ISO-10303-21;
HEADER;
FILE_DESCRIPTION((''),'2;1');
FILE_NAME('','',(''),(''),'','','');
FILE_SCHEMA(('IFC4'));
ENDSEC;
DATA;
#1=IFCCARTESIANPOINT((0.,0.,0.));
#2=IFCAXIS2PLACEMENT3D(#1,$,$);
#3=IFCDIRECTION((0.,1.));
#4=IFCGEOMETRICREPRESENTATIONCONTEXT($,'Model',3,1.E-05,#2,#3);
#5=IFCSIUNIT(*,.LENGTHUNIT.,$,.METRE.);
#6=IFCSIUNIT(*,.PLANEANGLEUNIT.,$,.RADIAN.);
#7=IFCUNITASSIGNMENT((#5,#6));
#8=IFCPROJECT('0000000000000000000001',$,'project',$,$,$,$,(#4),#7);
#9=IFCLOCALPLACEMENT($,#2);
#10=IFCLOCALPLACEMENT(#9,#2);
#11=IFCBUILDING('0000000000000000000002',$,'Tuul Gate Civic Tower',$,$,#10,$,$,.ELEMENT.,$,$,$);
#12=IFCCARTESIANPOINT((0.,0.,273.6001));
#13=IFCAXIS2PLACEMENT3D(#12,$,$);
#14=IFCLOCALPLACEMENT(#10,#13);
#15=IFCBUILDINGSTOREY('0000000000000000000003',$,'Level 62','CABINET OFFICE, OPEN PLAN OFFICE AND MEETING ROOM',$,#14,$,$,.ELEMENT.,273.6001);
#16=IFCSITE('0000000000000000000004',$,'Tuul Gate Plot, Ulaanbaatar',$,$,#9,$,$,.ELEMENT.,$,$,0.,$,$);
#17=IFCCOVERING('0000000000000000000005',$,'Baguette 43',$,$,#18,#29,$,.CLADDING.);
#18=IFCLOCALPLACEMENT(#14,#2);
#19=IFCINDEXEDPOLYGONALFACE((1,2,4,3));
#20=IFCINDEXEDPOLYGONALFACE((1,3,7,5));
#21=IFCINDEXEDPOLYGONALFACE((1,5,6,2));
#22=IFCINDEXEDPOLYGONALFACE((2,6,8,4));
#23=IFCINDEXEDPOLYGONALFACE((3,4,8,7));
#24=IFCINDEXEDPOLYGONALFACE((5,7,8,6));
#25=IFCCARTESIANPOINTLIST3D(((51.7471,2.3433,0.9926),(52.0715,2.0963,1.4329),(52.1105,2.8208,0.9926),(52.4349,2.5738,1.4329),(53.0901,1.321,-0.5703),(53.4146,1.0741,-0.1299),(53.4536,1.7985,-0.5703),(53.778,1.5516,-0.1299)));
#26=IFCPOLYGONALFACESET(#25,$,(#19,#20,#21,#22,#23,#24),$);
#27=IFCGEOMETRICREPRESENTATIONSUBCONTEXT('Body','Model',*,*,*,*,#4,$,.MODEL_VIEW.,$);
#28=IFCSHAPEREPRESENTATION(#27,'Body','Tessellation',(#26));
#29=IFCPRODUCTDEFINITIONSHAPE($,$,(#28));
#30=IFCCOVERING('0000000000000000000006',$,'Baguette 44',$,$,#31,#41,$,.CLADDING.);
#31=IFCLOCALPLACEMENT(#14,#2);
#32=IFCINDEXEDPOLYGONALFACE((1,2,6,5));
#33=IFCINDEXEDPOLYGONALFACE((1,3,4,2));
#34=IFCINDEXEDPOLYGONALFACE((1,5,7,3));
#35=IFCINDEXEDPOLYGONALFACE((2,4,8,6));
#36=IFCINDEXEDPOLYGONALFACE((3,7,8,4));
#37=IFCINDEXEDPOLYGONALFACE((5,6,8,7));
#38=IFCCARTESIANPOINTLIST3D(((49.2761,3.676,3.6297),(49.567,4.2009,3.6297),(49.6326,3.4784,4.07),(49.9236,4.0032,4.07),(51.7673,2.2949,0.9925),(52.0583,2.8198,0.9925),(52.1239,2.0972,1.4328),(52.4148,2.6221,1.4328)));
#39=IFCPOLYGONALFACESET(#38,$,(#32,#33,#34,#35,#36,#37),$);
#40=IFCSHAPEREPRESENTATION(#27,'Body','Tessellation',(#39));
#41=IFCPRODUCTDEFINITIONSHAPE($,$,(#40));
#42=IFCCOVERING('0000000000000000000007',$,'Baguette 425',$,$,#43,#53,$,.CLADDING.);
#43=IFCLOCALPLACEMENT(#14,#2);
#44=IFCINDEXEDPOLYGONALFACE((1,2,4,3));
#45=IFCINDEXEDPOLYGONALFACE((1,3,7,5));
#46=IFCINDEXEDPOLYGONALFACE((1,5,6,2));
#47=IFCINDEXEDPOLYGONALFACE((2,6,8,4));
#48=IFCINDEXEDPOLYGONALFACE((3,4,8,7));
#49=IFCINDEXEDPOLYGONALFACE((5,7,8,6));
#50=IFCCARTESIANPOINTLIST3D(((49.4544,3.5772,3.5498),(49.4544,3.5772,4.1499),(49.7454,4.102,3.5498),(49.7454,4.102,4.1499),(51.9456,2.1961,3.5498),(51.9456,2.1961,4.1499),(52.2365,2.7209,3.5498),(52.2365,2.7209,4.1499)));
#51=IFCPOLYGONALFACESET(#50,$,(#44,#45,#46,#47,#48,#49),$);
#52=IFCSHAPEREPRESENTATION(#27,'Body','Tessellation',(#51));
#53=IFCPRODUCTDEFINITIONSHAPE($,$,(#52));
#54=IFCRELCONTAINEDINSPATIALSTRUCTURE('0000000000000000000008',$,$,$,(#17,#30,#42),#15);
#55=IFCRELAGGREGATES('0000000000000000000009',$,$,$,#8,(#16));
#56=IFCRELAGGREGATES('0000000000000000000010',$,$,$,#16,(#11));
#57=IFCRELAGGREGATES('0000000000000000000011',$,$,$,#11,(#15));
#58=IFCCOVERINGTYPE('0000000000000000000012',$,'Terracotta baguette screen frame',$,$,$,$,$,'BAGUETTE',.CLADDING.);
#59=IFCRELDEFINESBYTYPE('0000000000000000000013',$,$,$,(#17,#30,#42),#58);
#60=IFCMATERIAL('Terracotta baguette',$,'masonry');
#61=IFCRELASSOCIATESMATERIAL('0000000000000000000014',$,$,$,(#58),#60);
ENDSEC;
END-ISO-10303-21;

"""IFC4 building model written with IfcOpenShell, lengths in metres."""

from ifc_helpers import new_model, si_unit, direction, frame, origin, origin_2d, place, context, subcontext, project, spatial, rectangle, extrude, material, material_profile, profile_set, type_object, element, save


model = new_model("IFC4")

# Units and contexts
model_context = context("Model", 3, precision=1e-05, world=origin(), true_north=direction((0.0, 1.0)))
body_context = subcontext(model_context, "Body", "Model", "MODEL_VIEW")
ifc_project = project(units=[si_unit("LENGTHUNIT", "METRE"), si_unit("PLANEANGLEUNIT", "RADIAN")], contexts=[model_context])

# Site, building, storey
site_placement = place(None, origin())
site = spatial("IfcSite", under=ifc_project, at=site_placement, Name="Tuul Gate Plot, Ulaanbaatar", CompositionType="ELEMENT", RefElevation=0.0)
building_placement = place(site_placement, origin())
building = spatial("IfcBuilding", under=site, at=building_placement, Name="Tuul Gate Civic Tower", CompositionType="ELEMENT")
storey_placement = place(building_placement, frame((0.0, 0.0, 273.6001)))
storey = spatial("IfcBuildingStorey", under=building, at=storey_placement, Name="Level 62", Description="CABINET OFFICE, OPEN PLAN OFFICE AND MEETING ROOM", CompositionType="ELEMENT", Elevation=273.6001)

# Coverings
ifc_material_1 = material(Name="Terracotta baguette", Category="masonry")
ifc_material_profile_1 = material_profile(ifc_material_1, rectangle(XDim=0.6001, YDim=0.6001, at=origin_2d()), Name="Terracotta baguette screen frame")
ifc_profile_set_1 = profile_set([ifc_material_profile_1], Name="Terracotta baguette")
covering_type = type_object("IfcCoveringType", Name="Terracotta baguette screen frame", ElementType="BAGUETTE", PredefinedType="CLADDING", material=ifc_profile_set_1)
covering_1_placement = place(storey_placement, frame((53.4341, 1.4363, -0.3501), z_axis=(-0.583877, 0.444409, 0.679403), x_axis=(-0.605655, -0.795727, 0.0)))
element("IfcCovering", 1, at=covering_1_placement, inside=storey, type_object=covering_type, Name="Baguette 43", PredefinedType="CLADDING", context=body_context, shape_type="SweptSolid", body=[
    extrude(rectangle(XDim=0.6001, YDim=0.6001, at=origin_2d()), origin(), (0.0, 0.0, 1.0), 2.3003),
])
covering_2_placement = place(storey_placement, frame((52.0911, 2.4585, 1.2126), z_axis=(-0.641765, 0.355789, 0.679376), x_axis=(-0.484864, -0.87459, 0.0)))
element("IfcCovering", 2, at=covering_2_placement, inside=storey, type_object=covering_type, Name="Baguette 44", PredefinedType="CLADDING", context=body_context, shape_type="SweptSolid", body=[
    extrude(rectangle(XDim=0.6001, YDim=0.6001, at=origin_2d()), origin(), (0.0, 0.0, 1.0), 3.8818),
])
covering_3_placement = place(storey_placement, frame((52.0911, 2.4585, 3.8499), z_axis=(-0.87459, 0.484864, 0.0), x_axis=(-0.484864, -0.87459, 0.0)))
element("IfcCovering", 3, at=covering_3_placement, inside=storey, type_object=covering_type, Name="Baguette 425", PredefinedType="CLADDING", context=body_context, shape_type="SweptSolid", body=[
    extrude(rectangle(XDim=0.6001, YDim=0.6001, at=origin_2d()), origin(), (0.0, 0.0, 1.0), 2.8484),
])

save(model, "model.ifc")
